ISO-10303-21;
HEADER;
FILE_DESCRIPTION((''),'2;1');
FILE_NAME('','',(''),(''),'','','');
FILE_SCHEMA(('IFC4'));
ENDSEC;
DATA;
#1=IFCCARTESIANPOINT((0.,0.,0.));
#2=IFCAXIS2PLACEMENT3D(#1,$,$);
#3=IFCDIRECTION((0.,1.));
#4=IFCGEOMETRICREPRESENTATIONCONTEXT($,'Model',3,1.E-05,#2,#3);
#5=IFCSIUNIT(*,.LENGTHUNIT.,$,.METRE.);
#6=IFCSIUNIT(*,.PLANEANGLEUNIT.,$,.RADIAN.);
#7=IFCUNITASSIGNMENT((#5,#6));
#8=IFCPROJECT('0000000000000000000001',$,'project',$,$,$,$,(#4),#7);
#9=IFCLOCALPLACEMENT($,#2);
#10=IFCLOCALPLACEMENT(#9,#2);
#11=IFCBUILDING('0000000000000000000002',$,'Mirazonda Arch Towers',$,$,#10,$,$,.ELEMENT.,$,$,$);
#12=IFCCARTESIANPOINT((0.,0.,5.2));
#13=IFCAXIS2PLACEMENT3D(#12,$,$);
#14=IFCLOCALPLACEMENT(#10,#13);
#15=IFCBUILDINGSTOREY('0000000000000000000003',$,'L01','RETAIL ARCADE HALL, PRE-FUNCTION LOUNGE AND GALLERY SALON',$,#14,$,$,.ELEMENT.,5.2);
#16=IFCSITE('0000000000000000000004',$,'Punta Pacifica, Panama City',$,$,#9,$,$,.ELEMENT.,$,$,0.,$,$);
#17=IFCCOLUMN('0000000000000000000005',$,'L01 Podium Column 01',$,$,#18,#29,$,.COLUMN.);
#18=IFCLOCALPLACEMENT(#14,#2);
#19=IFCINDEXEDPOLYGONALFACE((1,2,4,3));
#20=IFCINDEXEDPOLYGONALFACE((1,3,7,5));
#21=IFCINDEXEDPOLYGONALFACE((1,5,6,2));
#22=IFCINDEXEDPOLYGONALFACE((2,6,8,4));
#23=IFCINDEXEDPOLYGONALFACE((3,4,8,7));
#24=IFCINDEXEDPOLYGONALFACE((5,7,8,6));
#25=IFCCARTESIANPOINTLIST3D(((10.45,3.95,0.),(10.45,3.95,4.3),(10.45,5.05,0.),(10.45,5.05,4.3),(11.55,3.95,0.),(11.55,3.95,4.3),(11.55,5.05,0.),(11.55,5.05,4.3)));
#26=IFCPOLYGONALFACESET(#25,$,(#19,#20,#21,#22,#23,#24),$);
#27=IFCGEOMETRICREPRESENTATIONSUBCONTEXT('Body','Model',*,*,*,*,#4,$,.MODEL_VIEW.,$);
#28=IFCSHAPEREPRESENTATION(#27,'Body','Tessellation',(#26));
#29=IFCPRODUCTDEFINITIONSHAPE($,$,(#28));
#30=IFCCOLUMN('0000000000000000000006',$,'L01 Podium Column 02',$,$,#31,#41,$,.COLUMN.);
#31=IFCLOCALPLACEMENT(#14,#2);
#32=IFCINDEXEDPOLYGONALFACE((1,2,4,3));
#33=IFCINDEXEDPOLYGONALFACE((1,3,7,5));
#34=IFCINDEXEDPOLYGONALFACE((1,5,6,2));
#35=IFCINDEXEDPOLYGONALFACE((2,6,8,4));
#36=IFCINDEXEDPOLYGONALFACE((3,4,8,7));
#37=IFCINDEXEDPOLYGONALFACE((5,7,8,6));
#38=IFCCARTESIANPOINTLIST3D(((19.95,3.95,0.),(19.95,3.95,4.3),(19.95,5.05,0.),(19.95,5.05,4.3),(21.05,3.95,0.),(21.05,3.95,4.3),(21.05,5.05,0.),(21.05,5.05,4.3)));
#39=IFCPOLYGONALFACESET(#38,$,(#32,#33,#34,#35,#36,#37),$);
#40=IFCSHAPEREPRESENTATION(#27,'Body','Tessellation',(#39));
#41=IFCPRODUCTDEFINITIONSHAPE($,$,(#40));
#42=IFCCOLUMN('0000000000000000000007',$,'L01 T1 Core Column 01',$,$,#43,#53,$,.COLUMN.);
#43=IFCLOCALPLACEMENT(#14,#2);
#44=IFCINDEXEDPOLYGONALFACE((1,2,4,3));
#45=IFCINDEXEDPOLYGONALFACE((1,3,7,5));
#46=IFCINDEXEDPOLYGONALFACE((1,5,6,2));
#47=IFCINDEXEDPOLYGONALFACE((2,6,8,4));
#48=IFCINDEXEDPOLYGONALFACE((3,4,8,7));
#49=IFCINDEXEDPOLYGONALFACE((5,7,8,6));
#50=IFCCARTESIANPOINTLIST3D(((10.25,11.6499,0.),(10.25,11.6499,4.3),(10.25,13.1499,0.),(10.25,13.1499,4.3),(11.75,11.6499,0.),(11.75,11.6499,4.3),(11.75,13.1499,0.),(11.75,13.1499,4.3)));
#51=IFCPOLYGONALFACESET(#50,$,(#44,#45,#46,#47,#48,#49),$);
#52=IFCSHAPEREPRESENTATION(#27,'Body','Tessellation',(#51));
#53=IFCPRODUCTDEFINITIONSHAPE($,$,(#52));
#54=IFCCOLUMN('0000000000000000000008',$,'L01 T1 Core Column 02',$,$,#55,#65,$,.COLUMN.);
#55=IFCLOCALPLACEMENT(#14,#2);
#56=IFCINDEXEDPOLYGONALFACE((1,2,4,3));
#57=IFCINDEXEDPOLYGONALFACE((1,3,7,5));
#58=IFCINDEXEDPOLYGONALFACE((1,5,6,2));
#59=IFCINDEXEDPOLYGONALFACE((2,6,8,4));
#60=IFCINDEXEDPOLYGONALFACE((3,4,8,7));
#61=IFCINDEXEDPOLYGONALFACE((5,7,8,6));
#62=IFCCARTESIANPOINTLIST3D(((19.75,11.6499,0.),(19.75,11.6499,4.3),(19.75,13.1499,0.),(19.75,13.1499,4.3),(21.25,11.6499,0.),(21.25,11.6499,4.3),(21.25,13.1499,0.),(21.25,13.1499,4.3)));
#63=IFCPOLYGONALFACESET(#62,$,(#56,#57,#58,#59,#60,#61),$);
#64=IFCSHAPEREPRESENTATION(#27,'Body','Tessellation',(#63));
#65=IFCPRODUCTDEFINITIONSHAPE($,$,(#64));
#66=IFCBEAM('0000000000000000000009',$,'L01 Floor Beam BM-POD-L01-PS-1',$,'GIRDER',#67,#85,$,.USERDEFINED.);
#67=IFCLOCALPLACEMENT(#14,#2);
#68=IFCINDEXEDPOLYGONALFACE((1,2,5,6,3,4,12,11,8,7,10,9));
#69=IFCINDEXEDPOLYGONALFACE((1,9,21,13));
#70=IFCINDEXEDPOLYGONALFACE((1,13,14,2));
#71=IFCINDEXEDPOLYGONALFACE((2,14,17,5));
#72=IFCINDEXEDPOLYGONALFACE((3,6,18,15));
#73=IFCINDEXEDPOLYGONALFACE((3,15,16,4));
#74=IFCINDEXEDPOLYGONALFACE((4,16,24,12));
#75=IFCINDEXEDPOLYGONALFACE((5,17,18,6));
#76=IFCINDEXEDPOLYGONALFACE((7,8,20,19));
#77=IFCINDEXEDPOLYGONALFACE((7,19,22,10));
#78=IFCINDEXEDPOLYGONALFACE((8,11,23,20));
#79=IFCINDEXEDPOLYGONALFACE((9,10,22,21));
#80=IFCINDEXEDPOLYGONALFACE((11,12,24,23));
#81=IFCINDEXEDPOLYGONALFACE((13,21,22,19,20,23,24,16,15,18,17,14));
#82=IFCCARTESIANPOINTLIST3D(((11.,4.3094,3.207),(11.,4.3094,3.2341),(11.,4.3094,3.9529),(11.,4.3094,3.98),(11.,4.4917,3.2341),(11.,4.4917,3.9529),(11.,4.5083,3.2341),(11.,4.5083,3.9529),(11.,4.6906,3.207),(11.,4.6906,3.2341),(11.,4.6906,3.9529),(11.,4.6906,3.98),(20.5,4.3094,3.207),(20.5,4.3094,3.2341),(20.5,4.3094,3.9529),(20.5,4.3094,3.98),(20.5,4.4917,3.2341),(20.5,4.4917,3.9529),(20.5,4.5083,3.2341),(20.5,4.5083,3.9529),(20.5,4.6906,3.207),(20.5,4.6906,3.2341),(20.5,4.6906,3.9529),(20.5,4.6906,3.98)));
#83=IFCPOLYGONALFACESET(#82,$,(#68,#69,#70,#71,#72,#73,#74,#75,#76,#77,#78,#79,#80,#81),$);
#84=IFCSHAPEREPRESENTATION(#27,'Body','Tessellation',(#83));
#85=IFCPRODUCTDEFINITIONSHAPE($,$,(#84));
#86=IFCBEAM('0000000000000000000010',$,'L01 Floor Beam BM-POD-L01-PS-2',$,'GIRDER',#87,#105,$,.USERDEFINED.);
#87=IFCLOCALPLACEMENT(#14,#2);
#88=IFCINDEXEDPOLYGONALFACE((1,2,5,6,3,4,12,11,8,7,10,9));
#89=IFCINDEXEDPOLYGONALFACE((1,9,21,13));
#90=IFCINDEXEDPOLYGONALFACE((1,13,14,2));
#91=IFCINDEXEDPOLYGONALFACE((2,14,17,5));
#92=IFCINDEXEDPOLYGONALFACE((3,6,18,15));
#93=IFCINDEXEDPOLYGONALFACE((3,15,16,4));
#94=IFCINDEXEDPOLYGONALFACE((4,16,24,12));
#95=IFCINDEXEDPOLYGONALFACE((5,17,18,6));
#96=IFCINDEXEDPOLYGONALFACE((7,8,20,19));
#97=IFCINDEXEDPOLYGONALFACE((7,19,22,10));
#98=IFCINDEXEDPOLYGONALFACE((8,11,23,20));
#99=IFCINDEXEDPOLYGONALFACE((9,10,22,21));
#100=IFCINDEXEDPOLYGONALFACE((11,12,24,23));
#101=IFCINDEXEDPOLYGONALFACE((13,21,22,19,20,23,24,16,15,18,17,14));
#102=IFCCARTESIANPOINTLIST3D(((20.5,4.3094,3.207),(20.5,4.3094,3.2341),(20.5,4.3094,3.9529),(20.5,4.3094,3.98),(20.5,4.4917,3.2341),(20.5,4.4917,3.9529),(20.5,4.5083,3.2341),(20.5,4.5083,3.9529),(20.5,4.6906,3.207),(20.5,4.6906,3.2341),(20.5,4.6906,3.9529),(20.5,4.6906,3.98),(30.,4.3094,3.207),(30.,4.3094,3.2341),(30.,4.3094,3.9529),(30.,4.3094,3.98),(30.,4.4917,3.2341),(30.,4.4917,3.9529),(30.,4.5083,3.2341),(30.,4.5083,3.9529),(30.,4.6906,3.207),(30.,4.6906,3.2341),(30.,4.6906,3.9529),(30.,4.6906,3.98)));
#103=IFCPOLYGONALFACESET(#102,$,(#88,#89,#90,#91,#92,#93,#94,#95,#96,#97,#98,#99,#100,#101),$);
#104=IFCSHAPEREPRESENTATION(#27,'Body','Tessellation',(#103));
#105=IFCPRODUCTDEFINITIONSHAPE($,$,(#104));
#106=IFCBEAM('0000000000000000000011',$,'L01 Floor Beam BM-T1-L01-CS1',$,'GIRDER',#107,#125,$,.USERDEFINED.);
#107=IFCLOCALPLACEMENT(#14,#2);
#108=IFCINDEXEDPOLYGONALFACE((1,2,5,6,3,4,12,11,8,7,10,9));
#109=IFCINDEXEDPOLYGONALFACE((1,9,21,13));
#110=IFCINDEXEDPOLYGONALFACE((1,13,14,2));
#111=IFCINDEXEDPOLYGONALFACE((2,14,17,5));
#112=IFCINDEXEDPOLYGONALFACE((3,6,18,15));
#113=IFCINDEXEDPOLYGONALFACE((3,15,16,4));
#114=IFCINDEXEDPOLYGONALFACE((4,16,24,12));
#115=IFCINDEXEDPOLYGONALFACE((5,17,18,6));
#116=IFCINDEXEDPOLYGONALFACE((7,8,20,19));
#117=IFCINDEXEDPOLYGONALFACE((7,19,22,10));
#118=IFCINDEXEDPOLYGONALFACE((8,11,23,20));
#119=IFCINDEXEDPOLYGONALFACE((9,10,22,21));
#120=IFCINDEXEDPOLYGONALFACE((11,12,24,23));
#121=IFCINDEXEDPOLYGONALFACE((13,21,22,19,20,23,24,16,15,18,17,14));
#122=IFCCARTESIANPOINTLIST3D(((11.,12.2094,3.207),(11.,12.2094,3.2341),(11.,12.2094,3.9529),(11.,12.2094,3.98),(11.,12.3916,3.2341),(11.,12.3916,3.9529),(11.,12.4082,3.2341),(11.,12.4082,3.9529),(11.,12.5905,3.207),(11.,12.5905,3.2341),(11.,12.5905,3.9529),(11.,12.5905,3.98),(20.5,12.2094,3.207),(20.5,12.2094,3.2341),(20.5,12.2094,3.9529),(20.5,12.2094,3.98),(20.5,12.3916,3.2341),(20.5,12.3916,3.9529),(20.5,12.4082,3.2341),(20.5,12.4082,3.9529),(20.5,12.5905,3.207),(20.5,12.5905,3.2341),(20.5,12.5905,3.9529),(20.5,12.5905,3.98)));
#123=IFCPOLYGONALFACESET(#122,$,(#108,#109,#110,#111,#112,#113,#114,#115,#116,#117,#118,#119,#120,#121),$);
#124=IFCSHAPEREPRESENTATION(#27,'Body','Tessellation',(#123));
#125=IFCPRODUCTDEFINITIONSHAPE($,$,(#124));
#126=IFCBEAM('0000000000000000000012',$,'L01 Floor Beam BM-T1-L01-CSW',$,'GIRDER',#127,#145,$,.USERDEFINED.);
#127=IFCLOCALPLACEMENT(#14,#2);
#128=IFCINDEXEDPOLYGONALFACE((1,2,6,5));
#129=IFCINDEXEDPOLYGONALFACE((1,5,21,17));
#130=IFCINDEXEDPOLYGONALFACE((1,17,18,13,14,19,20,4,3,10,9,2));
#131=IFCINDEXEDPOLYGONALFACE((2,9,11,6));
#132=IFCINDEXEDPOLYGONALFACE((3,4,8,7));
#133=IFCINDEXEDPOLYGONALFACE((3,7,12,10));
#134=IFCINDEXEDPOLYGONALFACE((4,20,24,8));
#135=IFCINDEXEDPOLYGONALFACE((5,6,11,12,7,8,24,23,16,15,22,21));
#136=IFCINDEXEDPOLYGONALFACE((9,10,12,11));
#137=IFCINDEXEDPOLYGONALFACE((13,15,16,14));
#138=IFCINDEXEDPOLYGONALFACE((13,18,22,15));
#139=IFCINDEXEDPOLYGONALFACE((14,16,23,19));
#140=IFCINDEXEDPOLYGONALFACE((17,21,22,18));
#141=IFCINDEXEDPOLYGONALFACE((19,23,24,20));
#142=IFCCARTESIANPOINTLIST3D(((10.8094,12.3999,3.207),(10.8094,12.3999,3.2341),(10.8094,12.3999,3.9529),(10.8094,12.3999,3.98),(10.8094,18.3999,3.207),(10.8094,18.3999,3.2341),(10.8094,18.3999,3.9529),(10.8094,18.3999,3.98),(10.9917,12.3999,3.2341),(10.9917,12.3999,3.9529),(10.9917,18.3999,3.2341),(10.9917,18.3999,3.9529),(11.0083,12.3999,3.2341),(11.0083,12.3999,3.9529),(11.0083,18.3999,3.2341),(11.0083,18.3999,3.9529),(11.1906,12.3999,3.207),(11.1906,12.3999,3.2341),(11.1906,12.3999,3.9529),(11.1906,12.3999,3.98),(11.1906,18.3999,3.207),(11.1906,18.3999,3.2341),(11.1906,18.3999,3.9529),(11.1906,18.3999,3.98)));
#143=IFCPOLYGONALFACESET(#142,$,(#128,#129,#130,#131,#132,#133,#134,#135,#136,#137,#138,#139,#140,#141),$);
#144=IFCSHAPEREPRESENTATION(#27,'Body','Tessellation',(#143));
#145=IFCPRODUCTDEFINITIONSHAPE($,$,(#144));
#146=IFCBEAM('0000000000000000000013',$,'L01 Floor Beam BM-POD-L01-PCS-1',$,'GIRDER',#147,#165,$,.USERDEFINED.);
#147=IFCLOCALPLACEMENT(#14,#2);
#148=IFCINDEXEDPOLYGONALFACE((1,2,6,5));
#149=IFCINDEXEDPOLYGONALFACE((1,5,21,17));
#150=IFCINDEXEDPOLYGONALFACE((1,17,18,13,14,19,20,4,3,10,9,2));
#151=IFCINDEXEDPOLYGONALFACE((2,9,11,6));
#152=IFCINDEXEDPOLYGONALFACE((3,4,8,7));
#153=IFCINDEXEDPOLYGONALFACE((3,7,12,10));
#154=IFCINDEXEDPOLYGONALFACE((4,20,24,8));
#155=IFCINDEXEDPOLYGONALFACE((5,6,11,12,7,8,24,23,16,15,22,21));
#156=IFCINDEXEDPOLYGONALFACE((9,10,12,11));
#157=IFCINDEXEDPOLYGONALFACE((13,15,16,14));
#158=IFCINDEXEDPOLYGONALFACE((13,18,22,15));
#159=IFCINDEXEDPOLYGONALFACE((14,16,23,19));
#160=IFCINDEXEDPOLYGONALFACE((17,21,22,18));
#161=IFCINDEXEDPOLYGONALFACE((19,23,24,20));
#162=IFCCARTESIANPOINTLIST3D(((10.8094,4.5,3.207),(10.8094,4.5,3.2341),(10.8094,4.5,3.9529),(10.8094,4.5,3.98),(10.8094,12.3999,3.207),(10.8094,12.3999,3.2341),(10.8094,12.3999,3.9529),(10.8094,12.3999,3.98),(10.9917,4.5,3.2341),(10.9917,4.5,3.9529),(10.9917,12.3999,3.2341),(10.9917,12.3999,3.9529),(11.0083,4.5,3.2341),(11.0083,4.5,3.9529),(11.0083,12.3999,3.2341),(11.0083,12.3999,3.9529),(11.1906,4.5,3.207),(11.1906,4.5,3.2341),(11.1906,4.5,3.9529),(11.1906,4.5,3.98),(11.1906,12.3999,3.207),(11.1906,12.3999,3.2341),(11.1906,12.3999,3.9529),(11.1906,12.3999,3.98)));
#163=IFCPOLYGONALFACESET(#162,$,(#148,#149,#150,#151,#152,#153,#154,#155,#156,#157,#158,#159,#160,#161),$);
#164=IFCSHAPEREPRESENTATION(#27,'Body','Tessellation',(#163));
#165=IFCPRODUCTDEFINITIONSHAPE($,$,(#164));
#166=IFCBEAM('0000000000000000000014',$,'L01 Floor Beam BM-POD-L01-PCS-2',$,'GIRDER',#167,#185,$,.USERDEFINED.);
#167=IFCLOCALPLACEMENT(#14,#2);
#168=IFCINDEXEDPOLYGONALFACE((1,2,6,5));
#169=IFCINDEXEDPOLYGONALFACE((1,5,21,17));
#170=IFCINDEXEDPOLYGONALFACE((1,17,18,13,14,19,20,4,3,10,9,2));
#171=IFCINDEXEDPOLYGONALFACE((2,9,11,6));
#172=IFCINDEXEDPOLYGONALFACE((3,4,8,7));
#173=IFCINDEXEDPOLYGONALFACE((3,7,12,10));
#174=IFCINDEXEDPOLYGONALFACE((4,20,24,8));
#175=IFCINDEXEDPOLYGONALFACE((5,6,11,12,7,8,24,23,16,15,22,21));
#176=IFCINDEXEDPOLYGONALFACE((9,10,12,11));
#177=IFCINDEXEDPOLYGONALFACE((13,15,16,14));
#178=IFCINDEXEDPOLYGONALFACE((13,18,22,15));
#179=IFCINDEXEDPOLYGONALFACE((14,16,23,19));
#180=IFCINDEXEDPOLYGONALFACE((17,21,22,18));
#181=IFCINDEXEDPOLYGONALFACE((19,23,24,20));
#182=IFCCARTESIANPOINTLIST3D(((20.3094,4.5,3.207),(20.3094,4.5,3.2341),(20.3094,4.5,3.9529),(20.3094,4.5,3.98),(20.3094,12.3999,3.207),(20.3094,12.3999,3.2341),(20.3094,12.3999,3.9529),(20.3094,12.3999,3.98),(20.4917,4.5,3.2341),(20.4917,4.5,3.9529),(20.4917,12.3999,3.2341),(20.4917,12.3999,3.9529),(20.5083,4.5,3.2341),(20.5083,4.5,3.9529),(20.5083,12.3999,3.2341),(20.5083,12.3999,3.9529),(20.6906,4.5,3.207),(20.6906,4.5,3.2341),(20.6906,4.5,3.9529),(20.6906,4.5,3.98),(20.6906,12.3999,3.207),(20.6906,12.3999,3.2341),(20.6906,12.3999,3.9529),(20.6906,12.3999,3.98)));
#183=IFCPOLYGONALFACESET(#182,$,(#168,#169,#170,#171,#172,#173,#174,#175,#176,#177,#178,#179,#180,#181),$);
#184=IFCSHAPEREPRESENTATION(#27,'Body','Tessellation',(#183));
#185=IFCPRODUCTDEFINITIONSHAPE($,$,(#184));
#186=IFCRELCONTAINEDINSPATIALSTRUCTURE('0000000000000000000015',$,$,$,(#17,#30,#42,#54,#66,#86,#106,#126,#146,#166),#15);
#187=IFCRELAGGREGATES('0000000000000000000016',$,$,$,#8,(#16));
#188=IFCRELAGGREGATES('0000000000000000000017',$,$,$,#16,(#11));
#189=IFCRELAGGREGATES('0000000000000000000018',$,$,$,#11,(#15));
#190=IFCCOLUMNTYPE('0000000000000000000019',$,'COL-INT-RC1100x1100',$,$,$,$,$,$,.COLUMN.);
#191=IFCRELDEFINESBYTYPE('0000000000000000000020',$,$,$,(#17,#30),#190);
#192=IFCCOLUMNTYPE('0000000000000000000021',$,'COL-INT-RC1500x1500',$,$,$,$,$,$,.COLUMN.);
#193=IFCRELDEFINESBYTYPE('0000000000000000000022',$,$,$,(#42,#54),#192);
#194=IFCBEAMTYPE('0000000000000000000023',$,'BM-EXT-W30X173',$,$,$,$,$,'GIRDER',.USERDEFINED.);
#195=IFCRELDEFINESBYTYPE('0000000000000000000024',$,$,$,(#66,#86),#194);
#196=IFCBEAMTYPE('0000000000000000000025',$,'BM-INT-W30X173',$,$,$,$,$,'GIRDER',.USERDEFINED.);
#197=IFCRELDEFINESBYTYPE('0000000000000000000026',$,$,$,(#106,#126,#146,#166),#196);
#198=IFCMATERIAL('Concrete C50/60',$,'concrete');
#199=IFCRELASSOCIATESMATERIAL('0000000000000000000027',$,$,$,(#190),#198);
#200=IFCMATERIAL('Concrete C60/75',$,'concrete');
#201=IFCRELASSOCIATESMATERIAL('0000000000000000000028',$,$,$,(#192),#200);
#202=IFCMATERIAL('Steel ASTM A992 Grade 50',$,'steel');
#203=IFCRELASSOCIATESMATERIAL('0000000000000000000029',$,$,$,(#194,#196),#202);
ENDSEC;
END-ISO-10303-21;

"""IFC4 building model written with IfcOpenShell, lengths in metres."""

from ifc_helpers import new_model, si_unit, direction, frame, origin, origin_2d, place, context, subcontext, project, spatial, rectangle, i_section, extrude, material, material_profile, profile_set, type_object, element, save


model = new_model("IFC4")

# Units and contexts
model_context = context("Model", 3, precision=1e-05, world=origin(), true_north=direction((0.0, 1.0)))
body_context = subcontext(model_context, "Body", "Model", "MODEL_VIEW")
ifc_project = project(units=[si_unit("LENGTHUNIT", "METRE"), si_unit("PLANEANGLEUNIT", "RADIAN")], contexts=[model_context])

# Site, building, storey
site_placement = place(None, origin())
site = spatial("IfcSite", under=ifc_project, at=site_placement, Name="Punta Pacifica, Panama City", CompositionType="ELEMENT", RefElevation=0.0)
building_placement = place(site_placement, origin())
building = spatial("IfcBuilding", under=site, at=building_placement, Name="Mirazonda Arch Towers", CompositionType="ELEMENT")
storey_placement = place(building_placement, frame((0.0, 0.0, 5.2)))
storey = spatial("IfcBuildingStorey", under=building, at=storey_placement, Name="L01", Description="RETAIL ARCADE HALL, PRE-FUNCTION LOUNGE AND GALLERY SALON", CompositionType="ELEMENT", Elevation=5.2)

# Columns
ifc_material_1 = material(Name="Concrete C50/60", Category="concrete")
ifc_material_profile_1 = material_profile(ifc_material_1, rectangle(XDim=1.1001, YDim=1.1001, at=origin_2d()), Name="RC1100x1100")
ifc_profile_set_1 = profile_set([ifc_material_profile_1], Name="Concrete C50/60")
column_type_1 = type_object("IfcColumnType", Name="COL-INT-RC1100x1100", PredefinedType="COLUMN", material=ifc_profile_set_1)
for number, where, z_axis, x_axis, name in (
    (1, (11.0, 4.5, 0.0), (0.0, 0.0, 1.0), (1.0, 0.0, 0.0), "L01 Podium Column 01"),
    (2, (20.5, 4.5, 0.0), (0.0, 0.0, 1.0), (1.0, 0.0, 0.0), "L01 Podium Column 02"),
):
    element("IfcColumn", number, at=place(storey_placement, frame(where, z_axis=z_axis, x_axis=x_axis)), inside=storey, type_object=column_type_1, Name=name, PredefinedType="COLUMN", context=body_context, shape_type="SweptSolid", body=[
        extrude(rectangle(XDim=1.1001, YDim=1.1001, at=origin_2d()), origin(), (0.0, 0.0, 1.0), 4.3),
    ])
ifc_material_2 = material(Name="Concrete C60/75", Category="concrete")
ifc_material_profile_2 = material_profile(ifc_material_2, rectangle(XDim=1.5, YDim=1.5, at=origin_2d()), Name="RC1500x1500")
ifc_profile_set_2 = profile_set([ifc_material_profile_2], Name="Concrete C60/75")
column_type_2 = type_object("IfcColumnType", Name="COL-INT-RC1500x1500", PredefinedType="COLUMN", material=ifc_profile_set_2)
for number, where, z_axis, x_axis, name in (
    (3, (11.0, 12.3999, 0.0), (0.0, 0.0, 1.0), (1.0, 0.0, 0.0), "L01 T1 Core Column 01"),
    (4, (20.5, 12.3999, 0.0), (0.0, 0.0, 1.0), (1.0, 0.0, 0.0), "L01 T1 Core Column 02"),
):
    element("IfcColumn", number, at=place(storey_placement, frame(where, z_axis=z_axis, x_axis=x_axis)), inside=storey, type_object=column_type_2, Name=name, PredefinedType="COLUMN", context=body_context, shape_type="SweptSolid", body=[
        extrude(rectangle(XDim=1.5, YDim=1.5, at=origin_2d()), origin(), (0.0, 0.0, 1.0), 4.3),
    ])

# Beams
ifc_material_3 = material(Name="Steel ASTM A992 Grade 50", Category="steel")
ifc_material_profile_3 = material_profile(ifc_material_3, i_section(OverallWidth=0.3811, OverallDepth=0.7729, WebThickness=0.0166, FlangeThickness=0.0271, at=origin_2d()), Name="W30X173")
ifc_profile_set_3 = profile_set([ifc_material_profile_3], Name="Steel ASTM A992 Grade 50")
beam_type_1 = type_object("IfcBeamType", Name="BM-EXT-W30X173", ElementType="GIRDER", PredefinedType="USERDEFINED", material=ifc_profile_set_3)
for number, where, z_axis, x_axis, name in (
    (5, (11.0, 4.5, 3.5935), (1.0, 0.0, 0.0), (0.0, 1.0, 0.0), "L01 Floor Beam BM-POD-L01-PS-1"),
    (6, (20.5, 4.5, 3.5935), (1.0, 0.0, 0.0), (0.0, 1.0, 0.0), "L01 Floor Beam BM-POD-L01-PS-2"),
):
    element("IfcBeam", number, at=place(storey_placement, frame(where, z_axis=z_axis, x_axis=x_axis)), inside=storey, type_object=beam_type_1, Name=name, ObjectType="GIRDER", PredefinedType="USERDEFINED", context=body_context, shape_type="SweptSolid", body=[
        extrude(i_section(OverallWidth=0.3811, OverallDepth=0.7729, WebThickness=0.0166, FlangeThickness=0.0271, at=origin_2d()), origin(), (0.0, 0.0, 1.0), 9.5),
    ])
ifc_material_profile_4 = material_profile(ifc_material_3, i_section(OverallWidth=0.3811, OverallDepth=0.7729, WebThickness=0.0166, FlangeThickness=0.0271, at=origin_2d()), Name="W30X173")
ifc_profile_set_4 = profile_set([ifc_material_profile_4], Name="Steel ASTM A992 Grade 50")
beam_type_2 = type_object("IfcBeamType", Name="BM-INT-W30X173", ElementType="GIRDER", PredefinedType="USERDEFINED", material=ifc_profile_set_4)
beam_1_placement = place(storey_placement, frame((11.0, 12.3999, 3.5935), z_axis=(1.0, 0.0, 0.0), x_axis=(0.0, 1.0, 0.0)))
element("IfcBeam", 7, at=beam_1_placement, inside=storey, type_object=beam_type_2, Name="L01 Floor Beam BM-T1-L01-CS1", ObjectType="GIRDER", PredefinedType="USERDEFINED", context=body_context, shape_type="SweptSolid", body=[
    extrude(i_section(OverallWidth=0.3811, OverallDepth=0.7729, WebThickness=0.0166, FlangeThickness=0.0271, at=origin_2d()), origin(), (0.0, 0.0, 1.0), 9.5),
])
beam_2_placement = place(storey_placement, frame((11.0, 12.3999, 3.5935), z_axis=(0.0, 1.0, 0.0), x_axis=(-1.0, 0.0, 0.0)))
element("IfcBeam", 8, at=beam_2_placement, inside=storey, type_object=beam_type_2, Name="L01 Floor Beam BM-T1-L01-CSW", ObjectType="GIRDER", PredefinedType="USERDEFINED", context=body_context, shape_type="SweptSolid", body=[
    extrude(i_section(OverallWidth=0.3811, OverallDepth=0.7729, WebThickness=0.0166, FlangeThickness=0.0271, at=origin_2d()), origin(), (0.0, 0.0, 1.0), 6.0),
])
for number, where, z_axis, x_axis, name in (
    (9, (11.0, 4.5, 3.5935), (0.0, 1.0, 0.0), (-1.0, 0.0, 0.0), "L01 Floor Beam BM-POD-L01-PCS-1"),
    (10, (20.5, 4.5, 3.5935), (0.0, 1.0, 0.0), (-1.0, 0.0, 0.0), "L01 Floor Beam BM-POD-L01-PCS-2"),
):
    element("IfcBeam", number, at=place(storey_placement, frame(where, z_axis=z_axis, x_axis=x_axis)), inside=storey, type_object=beam_type_2, Name=name, ObjectType="GIRDER", PredefinedType="USERDEFINED", context=body_context, shape_type="SweptSolid", body=[
        extrude(i_section(OverallWidth=0.3811, OverallDepth=0.7729, WebThickness=0.0166, FlangeThickness=0.0271, at=origin_2d()), origin(), (0.0, 0.0, 1.0), 7.8999),
    ])

save(model, "model.ifc")
